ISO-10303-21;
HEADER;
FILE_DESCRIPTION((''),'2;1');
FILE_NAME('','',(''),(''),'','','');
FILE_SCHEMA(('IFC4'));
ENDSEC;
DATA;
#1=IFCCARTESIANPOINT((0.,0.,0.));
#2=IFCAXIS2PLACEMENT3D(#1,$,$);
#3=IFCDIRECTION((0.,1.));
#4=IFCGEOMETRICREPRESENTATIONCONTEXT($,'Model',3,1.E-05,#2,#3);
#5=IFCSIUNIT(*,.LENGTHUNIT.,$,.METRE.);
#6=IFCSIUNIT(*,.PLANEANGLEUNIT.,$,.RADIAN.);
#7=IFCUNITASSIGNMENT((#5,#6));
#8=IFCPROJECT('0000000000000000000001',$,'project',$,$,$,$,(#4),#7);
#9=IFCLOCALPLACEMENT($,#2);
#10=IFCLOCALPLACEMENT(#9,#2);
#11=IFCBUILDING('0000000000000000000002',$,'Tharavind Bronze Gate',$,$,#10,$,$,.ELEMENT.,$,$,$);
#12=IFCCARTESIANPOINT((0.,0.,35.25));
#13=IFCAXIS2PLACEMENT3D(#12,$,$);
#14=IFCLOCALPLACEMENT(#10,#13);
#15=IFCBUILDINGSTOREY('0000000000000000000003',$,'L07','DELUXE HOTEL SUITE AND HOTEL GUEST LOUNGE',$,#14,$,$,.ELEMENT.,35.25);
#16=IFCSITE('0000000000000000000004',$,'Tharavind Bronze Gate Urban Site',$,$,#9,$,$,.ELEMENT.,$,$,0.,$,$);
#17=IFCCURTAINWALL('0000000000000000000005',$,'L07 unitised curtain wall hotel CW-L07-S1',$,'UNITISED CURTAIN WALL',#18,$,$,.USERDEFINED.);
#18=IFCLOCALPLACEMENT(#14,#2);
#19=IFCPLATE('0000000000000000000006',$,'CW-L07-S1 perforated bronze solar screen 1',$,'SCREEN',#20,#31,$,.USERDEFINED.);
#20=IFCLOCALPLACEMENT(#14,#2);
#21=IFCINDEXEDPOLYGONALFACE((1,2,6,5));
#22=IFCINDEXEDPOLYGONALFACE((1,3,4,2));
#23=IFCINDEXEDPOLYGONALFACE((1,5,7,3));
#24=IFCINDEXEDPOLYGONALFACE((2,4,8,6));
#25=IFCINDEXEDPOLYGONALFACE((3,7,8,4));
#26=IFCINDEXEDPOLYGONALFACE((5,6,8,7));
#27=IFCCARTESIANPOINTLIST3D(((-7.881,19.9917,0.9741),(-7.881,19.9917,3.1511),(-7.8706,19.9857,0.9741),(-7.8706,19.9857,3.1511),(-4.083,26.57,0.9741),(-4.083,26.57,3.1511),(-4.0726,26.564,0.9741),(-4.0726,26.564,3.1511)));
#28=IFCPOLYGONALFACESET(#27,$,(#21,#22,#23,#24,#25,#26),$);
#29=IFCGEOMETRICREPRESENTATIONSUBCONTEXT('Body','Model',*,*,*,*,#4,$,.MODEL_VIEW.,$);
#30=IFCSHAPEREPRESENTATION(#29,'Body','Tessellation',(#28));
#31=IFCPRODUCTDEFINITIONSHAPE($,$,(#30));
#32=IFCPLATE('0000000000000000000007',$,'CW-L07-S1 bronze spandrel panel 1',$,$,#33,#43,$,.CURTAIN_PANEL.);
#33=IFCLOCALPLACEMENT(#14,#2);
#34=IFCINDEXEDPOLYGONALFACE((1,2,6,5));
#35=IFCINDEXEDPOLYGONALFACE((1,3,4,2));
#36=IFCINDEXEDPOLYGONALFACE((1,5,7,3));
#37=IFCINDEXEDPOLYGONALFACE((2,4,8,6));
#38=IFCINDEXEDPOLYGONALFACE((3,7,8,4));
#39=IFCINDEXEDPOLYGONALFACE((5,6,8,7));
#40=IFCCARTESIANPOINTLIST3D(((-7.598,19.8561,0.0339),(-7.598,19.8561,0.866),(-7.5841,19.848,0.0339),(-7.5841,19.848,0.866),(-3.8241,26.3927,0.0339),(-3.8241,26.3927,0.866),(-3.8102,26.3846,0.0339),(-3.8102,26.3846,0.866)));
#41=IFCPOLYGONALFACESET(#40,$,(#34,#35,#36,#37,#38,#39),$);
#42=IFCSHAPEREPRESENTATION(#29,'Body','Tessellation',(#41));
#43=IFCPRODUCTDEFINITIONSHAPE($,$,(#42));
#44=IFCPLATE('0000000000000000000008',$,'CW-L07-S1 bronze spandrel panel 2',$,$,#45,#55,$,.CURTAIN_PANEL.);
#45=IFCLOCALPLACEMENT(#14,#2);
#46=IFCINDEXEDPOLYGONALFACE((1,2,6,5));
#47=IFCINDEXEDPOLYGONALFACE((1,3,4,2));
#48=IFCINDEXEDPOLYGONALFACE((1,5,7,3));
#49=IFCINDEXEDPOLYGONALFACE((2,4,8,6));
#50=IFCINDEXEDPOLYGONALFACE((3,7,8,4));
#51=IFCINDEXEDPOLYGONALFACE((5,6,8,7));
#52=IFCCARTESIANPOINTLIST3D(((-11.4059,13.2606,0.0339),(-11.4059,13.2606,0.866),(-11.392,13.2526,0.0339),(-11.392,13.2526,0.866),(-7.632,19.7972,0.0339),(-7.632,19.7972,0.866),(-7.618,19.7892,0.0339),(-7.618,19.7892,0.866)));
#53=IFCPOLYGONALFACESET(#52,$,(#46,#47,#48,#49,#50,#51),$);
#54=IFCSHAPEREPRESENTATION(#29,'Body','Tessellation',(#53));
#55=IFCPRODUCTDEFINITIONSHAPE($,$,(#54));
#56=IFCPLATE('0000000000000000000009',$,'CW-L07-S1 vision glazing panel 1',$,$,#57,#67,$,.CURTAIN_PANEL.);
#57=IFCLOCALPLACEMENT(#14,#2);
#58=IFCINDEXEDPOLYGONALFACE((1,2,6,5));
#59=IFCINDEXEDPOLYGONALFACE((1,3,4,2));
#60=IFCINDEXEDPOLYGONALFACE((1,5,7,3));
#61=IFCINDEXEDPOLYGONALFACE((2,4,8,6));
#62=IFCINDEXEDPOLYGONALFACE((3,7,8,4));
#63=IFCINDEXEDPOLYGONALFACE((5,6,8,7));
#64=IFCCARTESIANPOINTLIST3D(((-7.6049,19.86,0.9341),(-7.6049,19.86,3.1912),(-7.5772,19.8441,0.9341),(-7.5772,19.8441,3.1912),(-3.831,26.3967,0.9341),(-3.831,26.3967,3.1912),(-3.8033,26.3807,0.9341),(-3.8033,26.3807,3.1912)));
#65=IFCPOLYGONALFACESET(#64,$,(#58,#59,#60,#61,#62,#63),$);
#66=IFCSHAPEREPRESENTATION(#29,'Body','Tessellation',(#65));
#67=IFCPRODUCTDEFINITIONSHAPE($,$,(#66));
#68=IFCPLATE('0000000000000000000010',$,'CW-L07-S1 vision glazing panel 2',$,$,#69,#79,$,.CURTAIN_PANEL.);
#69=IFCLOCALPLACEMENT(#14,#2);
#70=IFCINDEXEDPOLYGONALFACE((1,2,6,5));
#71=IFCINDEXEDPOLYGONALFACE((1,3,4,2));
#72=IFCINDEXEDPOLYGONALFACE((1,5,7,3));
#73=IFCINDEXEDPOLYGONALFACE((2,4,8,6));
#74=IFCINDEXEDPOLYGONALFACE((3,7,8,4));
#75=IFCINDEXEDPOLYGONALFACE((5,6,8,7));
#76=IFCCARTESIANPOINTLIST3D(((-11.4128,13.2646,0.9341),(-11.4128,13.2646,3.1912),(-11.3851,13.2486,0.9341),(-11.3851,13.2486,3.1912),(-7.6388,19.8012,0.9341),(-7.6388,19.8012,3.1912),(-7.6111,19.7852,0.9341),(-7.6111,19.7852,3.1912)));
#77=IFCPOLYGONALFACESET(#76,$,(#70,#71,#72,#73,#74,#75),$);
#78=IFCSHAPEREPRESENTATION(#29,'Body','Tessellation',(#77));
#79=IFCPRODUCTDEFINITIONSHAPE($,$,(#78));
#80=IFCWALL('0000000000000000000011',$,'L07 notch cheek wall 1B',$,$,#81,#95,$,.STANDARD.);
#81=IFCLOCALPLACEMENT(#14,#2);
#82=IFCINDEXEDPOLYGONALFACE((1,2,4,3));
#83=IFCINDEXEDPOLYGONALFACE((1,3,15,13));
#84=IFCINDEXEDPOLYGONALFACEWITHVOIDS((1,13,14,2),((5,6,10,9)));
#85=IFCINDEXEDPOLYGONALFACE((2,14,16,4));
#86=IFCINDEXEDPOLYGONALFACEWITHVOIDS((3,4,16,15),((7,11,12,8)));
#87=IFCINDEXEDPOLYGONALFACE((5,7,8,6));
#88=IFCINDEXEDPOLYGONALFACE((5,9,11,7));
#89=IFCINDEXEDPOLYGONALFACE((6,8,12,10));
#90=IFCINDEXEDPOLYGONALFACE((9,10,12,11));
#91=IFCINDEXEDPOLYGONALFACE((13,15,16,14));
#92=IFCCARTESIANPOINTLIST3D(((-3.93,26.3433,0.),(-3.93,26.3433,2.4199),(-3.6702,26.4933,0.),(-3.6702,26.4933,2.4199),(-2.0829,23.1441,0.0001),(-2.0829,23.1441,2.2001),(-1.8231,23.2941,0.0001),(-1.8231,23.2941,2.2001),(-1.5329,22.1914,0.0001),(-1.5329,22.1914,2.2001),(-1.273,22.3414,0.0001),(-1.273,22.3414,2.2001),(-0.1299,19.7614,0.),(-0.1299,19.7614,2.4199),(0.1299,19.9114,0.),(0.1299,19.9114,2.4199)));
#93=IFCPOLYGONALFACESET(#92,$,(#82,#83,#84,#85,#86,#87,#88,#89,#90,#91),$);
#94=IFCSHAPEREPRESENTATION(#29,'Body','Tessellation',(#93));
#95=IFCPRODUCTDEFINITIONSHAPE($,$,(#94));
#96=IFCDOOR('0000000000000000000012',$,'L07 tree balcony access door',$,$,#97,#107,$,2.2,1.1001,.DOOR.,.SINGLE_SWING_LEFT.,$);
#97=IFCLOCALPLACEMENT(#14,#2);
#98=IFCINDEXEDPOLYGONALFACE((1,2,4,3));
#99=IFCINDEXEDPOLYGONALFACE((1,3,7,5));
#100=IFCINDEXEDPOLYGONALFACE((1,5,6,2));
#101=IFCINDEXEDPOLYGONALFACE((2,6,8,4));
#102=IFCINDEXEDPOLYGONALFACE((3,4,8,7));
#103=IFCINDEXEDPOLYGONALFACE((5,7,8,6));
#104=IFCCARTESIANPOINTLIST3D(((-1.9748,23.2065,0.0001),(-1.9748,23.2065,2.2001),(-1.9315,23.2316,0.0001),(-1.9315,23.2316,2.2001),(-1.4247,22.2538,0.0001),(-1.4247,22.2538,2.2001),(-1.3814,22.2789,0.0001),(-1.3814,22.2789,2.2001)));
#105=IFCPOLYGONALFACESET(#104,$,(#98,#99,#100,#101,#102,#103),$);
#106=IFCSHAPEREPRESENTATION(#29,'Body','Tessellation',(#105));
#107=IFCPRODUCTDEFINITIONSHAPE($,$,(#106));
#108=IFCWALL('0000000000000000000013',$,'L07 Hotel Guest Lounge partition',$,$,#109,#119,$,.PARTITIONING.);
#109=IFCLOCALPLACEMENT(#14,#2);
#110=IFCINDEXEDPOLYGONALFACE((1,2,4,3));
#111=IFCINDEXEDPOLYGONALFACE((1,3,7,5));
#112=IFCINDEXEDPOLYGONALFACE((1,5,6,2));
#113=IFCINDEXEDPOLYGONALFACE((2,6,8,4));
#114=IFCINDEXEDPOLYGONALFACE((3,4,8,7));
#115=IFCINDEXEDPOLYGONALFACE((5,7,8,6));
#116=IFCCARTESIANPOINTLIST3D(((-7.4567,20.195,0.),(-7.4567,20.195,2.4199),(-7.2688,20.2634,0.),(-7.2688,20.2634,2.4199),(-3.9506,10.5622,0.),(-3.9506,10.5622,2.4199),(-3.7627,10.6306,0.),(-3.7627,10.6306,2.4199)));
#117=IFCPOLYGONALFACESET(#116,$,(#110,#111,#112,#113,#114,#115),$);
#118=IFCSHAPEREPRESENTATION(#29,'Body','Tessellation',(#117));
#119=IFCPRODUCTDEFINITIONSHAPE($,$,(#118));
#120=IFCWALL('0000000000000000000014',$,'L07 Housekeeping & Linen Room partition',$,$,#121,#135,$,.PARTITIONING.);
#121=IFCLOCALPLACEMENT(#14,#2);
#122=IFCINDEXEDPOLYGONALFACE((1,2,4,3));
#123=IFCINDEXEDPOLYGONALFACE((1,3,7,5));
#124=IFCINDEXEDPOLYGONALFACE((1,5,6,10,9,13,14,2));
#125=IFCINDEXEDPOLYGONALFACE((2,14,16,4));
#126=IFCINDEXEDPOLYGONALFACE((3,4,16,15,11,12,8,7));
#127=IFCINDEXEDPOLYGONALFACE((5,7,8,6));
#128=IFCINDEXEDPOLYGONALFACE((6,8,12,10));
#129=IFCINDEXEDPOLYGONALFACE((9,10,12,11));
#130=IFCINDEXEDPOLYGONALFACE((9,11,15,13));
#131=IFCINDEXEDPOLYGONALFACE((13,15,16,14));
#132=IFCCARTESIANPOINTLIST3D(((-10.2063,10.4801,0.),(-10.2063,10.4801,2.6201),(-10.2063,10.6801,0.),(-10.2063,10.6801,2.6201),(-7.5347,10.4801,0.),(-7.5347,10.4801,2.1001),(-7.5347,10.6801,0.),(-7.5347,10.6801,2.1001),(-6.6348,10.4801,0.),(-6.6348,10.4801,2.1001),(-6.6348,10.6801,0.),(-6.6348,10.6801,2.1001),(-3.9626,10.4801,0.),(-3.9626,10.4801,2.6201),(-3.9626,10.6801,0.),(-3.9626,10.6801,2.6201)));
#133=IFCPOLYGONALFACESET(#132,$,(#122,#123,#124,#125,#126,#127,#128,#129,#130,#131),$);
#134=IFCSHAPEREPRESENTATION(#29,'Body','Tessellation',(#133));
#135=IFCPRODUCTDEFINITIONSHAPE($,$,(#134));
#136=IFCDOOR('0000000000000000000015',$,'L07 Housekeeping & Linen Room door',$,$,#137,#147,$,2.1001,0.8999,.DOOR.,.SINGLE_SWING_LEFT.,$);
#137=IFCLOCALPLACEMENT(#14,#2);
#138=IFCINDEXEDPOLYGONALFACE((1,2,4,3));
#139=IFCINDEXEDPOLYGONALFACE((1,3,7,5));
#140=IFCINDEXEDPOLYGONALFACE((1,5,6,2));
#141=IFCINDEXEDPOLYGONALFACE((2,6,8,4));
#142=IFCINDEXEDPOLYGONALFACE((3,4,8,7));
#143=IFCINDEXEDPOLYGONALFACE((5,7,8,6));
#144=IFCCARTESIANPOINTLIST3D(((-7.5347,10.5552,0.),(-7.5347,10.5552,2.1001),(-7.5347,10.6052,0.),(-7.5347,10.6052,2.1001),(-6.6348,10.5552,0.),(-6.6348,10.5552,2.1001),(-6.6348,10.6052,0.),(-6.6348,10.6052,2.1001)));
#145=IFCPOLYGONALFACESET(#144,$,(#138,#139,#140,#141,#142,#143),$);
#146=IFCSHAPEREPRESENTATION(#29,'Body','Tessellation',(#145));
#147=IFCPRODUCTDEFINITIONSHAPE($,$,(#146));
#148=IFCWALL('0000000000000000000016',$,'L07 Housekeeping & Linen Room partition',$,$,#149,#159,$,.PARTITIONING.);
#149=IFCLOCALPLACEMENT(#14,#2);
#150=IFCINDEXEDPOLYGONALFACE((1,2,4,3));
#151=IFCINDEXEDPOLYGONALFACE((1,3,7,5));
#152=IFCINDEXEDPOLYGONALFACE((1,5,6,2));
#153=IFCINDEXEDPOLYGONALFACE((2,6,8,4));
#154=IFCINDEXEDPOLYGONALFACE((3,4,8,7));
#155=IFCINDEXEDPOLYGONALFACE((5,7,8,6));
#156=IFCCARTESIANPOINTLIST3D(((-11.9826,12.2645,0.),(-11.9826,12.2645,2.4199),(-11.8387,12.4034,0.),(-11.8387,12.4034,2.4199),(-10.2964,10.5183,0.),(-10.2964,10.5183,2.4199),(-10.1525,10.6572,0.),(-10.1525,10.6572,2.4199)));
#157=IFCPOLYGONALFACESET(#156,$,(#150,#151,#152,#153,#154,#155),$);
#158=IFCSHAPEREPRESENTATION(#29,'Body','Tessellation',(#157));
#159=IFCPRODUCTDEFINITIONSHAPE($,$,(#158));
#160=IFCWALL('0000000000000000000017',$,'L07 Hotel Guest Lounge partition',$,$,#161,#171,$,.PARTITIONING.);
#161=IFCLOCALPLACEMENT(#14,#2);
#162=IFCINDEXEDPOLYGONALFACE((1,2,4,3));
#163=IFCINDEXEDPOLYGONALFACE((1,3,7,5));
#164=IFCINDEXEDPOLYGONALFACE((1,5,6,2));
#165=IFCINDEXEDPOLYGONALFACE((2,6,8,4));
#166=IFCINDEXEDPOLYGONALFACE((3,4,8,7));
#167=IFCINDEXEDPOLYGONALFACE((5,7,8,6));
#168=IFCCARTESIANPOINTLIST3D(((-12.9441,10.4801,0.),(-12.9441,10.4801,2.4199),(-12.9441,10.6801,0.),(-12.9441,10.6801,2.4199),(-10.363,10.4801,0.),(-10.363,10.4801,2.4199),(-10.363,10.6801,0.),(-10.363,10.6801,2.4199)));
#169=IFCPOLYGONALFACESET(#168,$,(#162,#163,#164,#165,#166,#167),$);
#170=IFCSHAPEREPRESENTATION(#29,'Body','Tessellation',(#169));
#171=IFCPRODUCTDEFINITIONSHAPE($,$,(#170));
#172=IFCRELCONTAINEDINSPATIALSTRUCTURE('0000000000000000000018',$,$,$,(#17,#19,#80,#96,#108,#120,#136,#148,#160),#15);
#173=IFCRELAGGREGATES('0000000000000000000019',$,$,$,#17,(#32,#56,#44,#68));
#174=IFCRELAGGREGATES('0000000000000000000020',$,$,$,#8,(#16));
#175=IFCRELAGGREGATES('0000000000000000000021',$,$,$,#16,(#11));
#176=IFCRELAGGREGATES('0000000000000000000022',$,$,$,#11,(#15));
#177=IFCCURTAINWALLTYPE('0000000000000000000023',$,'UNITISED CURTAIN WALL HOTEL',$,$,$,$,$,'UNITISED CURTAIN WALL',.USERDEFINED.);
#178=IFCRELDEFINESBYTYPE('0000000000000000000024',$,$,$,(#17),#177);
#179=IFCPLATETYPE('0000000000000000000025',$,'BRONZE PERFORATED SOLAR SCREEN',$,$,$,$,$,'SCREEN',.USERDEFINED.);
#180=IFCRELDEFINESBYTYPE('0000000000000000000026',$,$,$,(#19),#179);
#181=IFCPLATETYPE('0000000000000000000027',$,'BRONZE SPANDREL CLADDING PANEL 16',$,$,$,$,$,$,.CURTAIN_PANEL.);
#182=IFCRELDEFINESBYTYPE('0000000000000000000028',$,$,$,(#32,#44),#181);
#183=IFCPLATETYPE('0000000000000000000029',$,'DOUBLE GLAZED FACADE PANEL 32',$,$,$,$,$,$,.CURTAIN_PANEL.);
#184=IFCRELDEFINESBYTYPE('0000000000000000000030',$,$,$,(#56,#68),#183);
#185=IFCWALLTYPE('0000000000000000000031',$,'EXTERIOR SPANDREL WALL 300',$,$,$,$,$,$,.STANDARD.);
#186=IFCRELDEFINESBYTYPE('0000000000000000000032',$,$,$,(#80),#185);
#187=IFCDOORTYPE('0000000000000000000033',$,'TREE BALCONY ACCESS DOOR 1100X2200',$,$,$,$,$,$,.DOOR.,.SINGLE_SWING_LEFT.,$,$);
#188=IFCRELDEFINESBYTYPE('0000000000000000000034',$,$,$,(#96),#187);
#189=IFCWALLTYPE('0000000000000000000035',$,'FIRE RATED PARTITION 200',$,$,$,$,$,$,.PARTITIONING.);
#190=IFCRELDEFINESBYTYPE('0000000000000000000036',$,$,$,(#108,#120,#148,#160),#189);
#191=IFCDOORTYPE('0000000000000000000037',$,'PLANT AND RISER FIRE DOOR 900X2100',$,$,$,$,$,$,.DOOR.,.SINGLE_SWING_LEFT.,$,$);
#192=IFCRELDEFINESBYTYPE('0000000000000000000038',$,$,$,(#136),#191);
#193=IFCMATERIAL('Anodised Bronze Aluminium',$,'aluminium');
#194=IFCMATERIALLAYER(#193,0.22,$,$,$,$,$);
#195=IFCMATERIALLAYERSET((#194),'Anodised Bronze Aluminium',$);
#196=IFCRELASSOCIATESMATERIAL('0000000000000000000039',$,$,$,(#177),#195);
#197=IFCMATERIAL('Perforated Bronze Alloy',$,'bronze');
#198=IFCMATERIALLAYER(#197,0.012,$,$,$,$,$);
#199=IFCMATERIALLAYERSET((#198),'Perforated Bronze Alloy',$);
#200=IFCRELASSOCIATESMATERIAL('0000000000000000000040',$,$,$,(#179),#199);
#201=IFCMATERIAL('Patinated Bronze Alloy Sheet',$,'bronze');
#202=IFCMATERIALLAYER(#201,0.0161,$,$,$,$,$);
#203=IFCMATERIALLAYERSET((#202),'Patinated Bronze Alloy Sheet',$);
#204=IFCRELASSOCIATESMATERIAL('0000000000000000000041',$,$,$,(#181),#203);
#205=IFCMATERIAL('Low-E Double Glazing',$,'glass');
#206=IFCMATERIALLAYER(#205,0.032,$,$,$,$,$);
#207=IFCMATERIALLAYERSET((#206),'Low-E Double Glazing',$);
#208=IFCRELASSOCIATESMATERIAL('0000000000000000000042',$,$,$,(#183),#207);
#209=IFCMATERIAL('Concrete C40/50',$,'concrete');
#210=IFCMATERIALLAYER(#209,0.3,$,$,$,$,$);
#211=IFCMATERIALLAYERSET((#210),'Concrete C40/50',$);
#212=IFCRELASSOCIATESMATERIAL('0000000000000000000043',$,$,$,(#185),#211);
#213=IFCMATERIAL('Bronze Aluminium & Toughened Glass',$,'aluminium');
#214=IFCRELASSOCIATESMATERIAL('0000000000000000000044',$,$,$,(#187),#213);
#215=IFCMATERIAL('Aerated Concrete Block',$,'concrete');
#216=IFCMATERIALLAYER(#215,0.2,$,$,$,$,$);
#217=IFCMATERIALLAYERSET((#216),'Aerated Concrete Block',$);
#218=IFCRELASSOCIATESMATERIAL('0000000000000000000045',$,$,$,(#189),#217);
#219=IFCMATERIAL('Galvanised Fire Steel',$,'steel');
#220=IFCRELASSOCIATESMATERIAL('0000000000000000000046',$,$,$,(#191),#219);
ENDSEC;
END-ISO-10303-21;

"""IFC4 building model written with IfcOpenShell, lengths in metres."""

from ifc_helpers import new_model, si_unit, direction, frame, frame_2d, origin, origin_2d, place, context, subcontext, project, spatial, rectangle, extrude, material, layer, layer_set, type_object, element, fill, aggregate, save


model = new_model("IFC4")

# Units and contexts
model_context = context("Model", 3, precision=1e-05, world=origin(), true_north=direction((0.0, 1.0)))
body_context = subcontext(model_context, "Body", "Model", "MODEL_VIEW")
ifc_project = project(units=[si_unit("LENGTHUNIT", "METRE"), si_unit("PLANEANGLEUNIT", "RADIAN")], contexts=[model_context])

# Site, building, storey
site_placement = place(None, origin())
site = spatial("IfcSite", under=ifc_project, at=site_placement, Name="Tharavind Bronze Gate Urban Site", CompositionType="ELEMENT", RefElevation=0.0)
building_placement = place(site_placement, origin())
building = spatial("IfcBuilding", under=site, at=building_placement, Name="Tharavind Bronze Gate", CompositionType="ELEMENT")
storey_placement = place(building_placement, frame((0.0, 0.0, 35.25)))
storey = spatial("IfcBuildingStorey", under=building, at=storey_placement, Name="L07", Description="DELUXE HOTEL SUITE AND HOTEL GUEST LOUNGE", CompositionType="ELEMENT", Elevation=35.25)

# Curtain wall
ifc_material_1 = material(Name="Anodised Bronze Aluminium", Category="aluminium")
ifc_layer_1 = layer(ifc_material_1, 0.22)
ifc_layer_set_1 = layer_set([ifc_layer_1], Name="Anodised Bronze Aluminium")
curtain_wall_type = type_object("IfcCurtainWallType", Name="UNITISED CURTAIN WALL HOTEL", ElementType="UNITISED CURTAIN WALL", PredefinedType="USERDEFINED", material=ifc_layer_set_1)
curtain_wall_placement = place(storey_placement, origin())
curtain_wall = element("IfcCurtainWall", 1, at=curtain_wall_placement, inside=storey, type_object=curtain_wall_type, Name="L07 unitised curtain wall hotel CW-L07-S1", ObjectType="UNITISED CURTAIN WALL", PredefinedType="USERDEFINED")

# Plates
ifc_material_2 = material(Name="Perforated Bronze Alloy", Category="bronze")
ifc_layer_2 = layer(ifc_material_2, 0.012)
ifc_layer_set_2 = layer_set([ifc_layer_2], Name="Perforated Bronze Alloy")
plate_type_1 = type_object("IfcPlateType", Name="BRONZE PERFORATED SOLAR SCREEN", ElementType="SCREEN", PredefinedType="USERDEFINED", material=ifc_layer_set_2)
plate_1_placement = place(storey_placement, frame((-5.9768, 23.2778, 0.9741), z_axis=(0.0, 0.0, 1.0), x_axis=(-0.500002, -0.866025, 0.0)))
element("IfcPlate", 2, at=plate_1_placement, inside=storey, type_object=plate_type_1, Name="CW-L07-S1 perforated bronze solar screen 1", ObjectType="SCREEN", PredefinedType="USERDEFINED", context=body_context, shape_type="SweptSolid", body=[
    extrude(rectangle(XDim=7.5959, YDim=0.012, at=origin_2d()), origin(), (0.0, 0.0, 1.0), 2.177),
])
ifc_material_3 = material(Name="Patinated Bronze Alloy Sheet", Category="bronze")
ifc_layer_3 = layer(ifc_material_3, 0.0161)
ifc_layer_set_3 = layer_set([ifc_layer_3], Name="Patinated Bronze Alloy Sheet")
plate_type_2 = type_object("IfcPlateType", Name="BRONZE SPANDREL CLADDING PANEL 16", PredefinedType="CURTAIN_PANEL", material=ifc_layer_set_3)
plate_2_placement = place(storey_placement, frame((-5.7041, 23.1204, 0.0339), z_axis=(0.0, 0.0, 1.0), x_axis=(-0.500002, -0.866025, 0.0)))
plate_2 = element("IfcPlate", 3, at=plate_2_placement, type_object=plate_type_2, Name="CW-L07-S1 bronze spandrel panel 1", PredefinedType="CURTAIN_PANEL", context=body_context, shape_type="SweptSolid", body=[
    extrude(rectangle(XDim=7.5479, YDim=0.0161, at=origin_2d()), origin(), (0.0, 0.0, 1.0), 0.832),
])
plate_3_placement = place(storey_placement, frame((-9.512, 16.5249, 0.0339), z_axis=(0.0, 0.0, 1.0), x_axis=(-0.500002, -0.866025, 0.0)))
plate_3 = element("IfcPlate", 4, at=plate_3_placement, type_object=plate_type_2, Name="CW-L07-S1 bronze spandrel panel 2", PredefinedType="CURTAIN_PANEL", context=body_context, shape_type="SweptSolid", body=[
    extrude(rectangle(XDim=7.5479, YDim=0.0161, at=origin_2d()), origin(), (0.0, 0.0, 1.0), 0.832),
])
ifc_material_4 = material(Name="Low-E Double Glazing", Category="glass")
ifc_layer_4 = layer(ifc_material_4, 0.032)
ifc_layer_set_4 = layer_set([ifc_layer_4], Name="Low-E Double Glazing")
plate_type_3 = type_object("IfcPlateType", Name="DOUBLE GLAZED FACADE PANEL 32", PredefinedType="CURTAIN_PANEL", material=ifc_layer_set_4)
plate_4_placement = place(storey_placement, frame((-5.7041, 23.1204, 0.9341), z_axis=(0.0, 0.0, 1.0), x_axis=(-0.500002, -0.866025, 0.0)))
plate_4 = element("IfcPlate", 5, at=plate_4_placement, type_object=plate_type_3, Name="CW-L07-S1 vision glazing panel 1", PredefinedType="CURTAIN_PANEL", context=body_context, shape_type="SweptSolid", body=[
    extrude(rectangle(XDim=7.5479, YDim=0.032, at=origin_2d()), origin(), (0.0, 0.0, 1.0), 2.2571),
])
plate_5_placement = place(storey_placement, frame((-9.512, 16.5249, 0.9341), z_axis=(0.0, 0.0, 1.0), x_axis=(-0.500002, -0.866025, 0.0)))
plate_5 = element("IfcPlate", 6, at=plate_5_placement, type_object=plate_type_3, Name="CW-L07-S1 vision glazing panel 2", PredefinedType="CURTAIN_PANEL", context=body_context, shape_type="SweptSolid", body=[
    extrude(rectangle(XDim=7.5479, YDim=0.032, at=origin_2d()), origin(), (0.0, 0.0, 1.0), 2.2571),
])
aggregate(curtain_wall, [plate_2, plate_4, plate_3, plate_5])

# Wall, opening, door
ifc_material_5 = material(Name="Concrete C40/50", Category="concrete")
ifc_layer_5 = layer(ifc_material_5, 0.3)
ifc_layer_set_5 = layer_set([ifc_layer_5], Name="Concrete C40/50")
wall_type_1 = type_object("IfcWallType", Name="EXTERIOR SPANDREL WALL 300", PredefinedType="STANDARD", material=ifc_layer_set_5)
wall_1_placement = place(storey_placement, frame((0.0, 19.8364, 0.0), z_axis=(0.0, 0.0, 1.0), x_axis=(-0.500005, 0.866022, 0.0)))
wall_1 = element("IfcWall", 7, at=wall_1_placement, inside=storey, type_object=wall_type_1, Name="L07 notch cheek wall 1B", PredefinedType="STANDARD", context=body_context, shape_type="SweptSolid", body=[
    extrude(rectangle(XDim=7.6001, YDim=0.3, at=frame_2d((3.8, 0.0))), origin(), (0.0, 0.0, 1.0), 2.4199),
])
opening_1_placement = place(wall_1_placement, frame((2.8059, 0.0, 0.0)))
opening_1 = element("IfcOpeningElement", 8, at=opening_1_placement, cuts=wall_1, PredefinedType="OPENING", context=body_context, shape_type="SweptSolid", body=[
    extrude(rectangle(XDim=1.1001, YDim=2.2, at=frame_2d((0.55, 1.1001))), frame((0.0, 0.1599, 0.0), z_axis=(0.0, -1.0, 0.0), x_axis=(1.0, 0.0, 0.0)), (0.0, 0.0, 1.0), 0.32),
])
ifc_material_6 = material(Name="Bronze Aluminium & Toughened Glass", Category="aluminium")
door_type_1 = type_object("IfcDoorType", Name="TREE BALCONY ACCESS DOOR 1100X2200", OperationType="SINGLE_SWING_LEFT", PredefinedType="DOOR", material=ifc_material_6)
door_1_placement = place(opening_1_placement, frame((1.1001, 0.0, 0.0), z_axis=(0.0, 0.0, 1.0), x_axis=(-1.0, 0.0, 0.0)))
door_1 = element("IfcDoor", 9, at=door_1_placement, inside=storey, type_object=door_type_1, Name="L07 tree balcony access door", OperationType="SINGLE_SWING_LEFT", OverallHeight=2.2, OverallWidth=1.1001, PredefinedType="DOOR", context=body_context, shape_type="SweptSolid", body=[
    extrude(rectangle(XDim=1.1001, YDim=2.2, at=frame_2d((0.55, 1.1001))), frame((0.0, 0.0249, 0.0), z_axis=(0.0, -1.0, 0.0), x_axis=(1.0, 0.0, 0.0)), (0.0, 0.0, 1.0), 0.05),
])
fill(opening_1, door_1)

# Wall
ifc_material_7 = material(Name="Aerated Concrete Block", Category="concrete")
ifc_layer_6 = layer(ifc_material_7, 0.2)
ifc_layer_set_6 = layer_set([ifc_layer_6], Name="Aerated Concrete Block")
wall_type_2 = type_object("IfcWallType", Name="FIRE RATED PARTITION 200", PredefinedType="PARTITIONING", material=ifc_layer_set_6)
wall_2_placement = place(storey_placement, frame((-3.8567, 10.5964, 0.0), z_axis=(0.0, 0.0, 1.0), x_axis=(-0.342024, 0.939691, 0.0)))
element("IfcWall", 10, at=wall_2_placement, inside=storey, type_object=wall_type_2, Name="L07 Hotel Guest Lounge partition", PredefinedType="PARTITIONING", context=body_context, shape_type="SweptSolid", body=[
    extrude(rectangle(XDim=10.251, YDim=0.2, at=frame_2d((5.1255, 0.0))), origin(), (0.0, 0.0, 1.0), 2.4199),
])

# Wall, opening, door
wall_3_placement = place(storey_placement, frame((-3.9626, 10.5801, 0.0), z_axis=(0.0, 0.0, 1.0), x_axis=(-1.0, 0.0, 0.0)))
wall_3 = element("IfcWall", 11, at=wall_3_placement, inside=storey, type_object=wall_type_2, Name="L07 Housekeeping & Linen Room partition", PredefinedType="PARTITIONING", context=body_context, shape_type="SweptSolid", body=[
    extrude(rectangle(XDim=6.2437, YDim=0.2, at=frame_2d((3.1218, 0.0))), origin(), (0.0, 0.0, 1.0), 2.6201),
])
opening_2_placement = place(wall_3_placement, frame((2.6721, 0.0, 0.0)))
opening_2 = element("IfcOpeningElement", 12, at=opening_2_placement, cuts=wall_3, PredefinedType="OPENING", context=body_context, shape_type="SweptSolid", body=[
    extrude(rectangle(XDim=0.8999, YDim=2.1001, at=frame_2d((0.45, 1.05))), frame((0.0, 0.1101, 0.0), z_axis=(0.0, -1.0, 0.0), x_axis=(1.0, 0.0, 0.0)), (0.0, 0.0, 1.0), 0.22),
])
ifc_material_8 = material(Name="Galvanised Fire Steel", Category="steel")
door_type_2 = type_object("IfcDoorType", Name="PLANT AND RISER FIRE DOOR 900X2100", OperationType="SINGLE_SWING_LEFT", PredefinedType="DOOR", material=ifc_material_8)
door_2_placement = place(opening_2_placement, origin())
door_2 = element("IfcDoor", 13, at=door_2_placement, inside=storey, type_object=door_type_2, Name="L07 Housekeeping & Linen Room door", OperationType="SINGLE_SWING_LEFT", OverallHeight=2.1001, OverallWidth=0.8999, PredefinedType="DOOR", context=body_context, shape_type="SweptSolid", body=[
    extrude(rectangle(XDim=0.8999, YDim=2.1001, at=frame_2d((0.45, 1.05))), frame((0.0, 0.0249, 0.0), z_axis=(0.0, -1.0, 0.0), x_axis=(1.0, 0.0, 0.0)), (0.0, 0.0, 1.0), 0.05),
])
fill(opening_2, door_2)

# Walls
wall_4_placement = place(storey_placement, frame((-10.2244, 10.5876, 0.0), z_axis=(0.0, 0.0, 1.0), x_axis=(-0.694629, 0.719369, 0.0)))
element("IfcWall", 14, at=wall_4_placement, inside=storey, type_object=wall_type_2, Name="L07 Housekeeping & Linen Room partition", PredefinedType="PARTITIONING", context=body_context, shape_type="SweptSolid", body=[
    extrude(rectangle(XDim=2.4275, YDim=0.2, at=frame_2d((1.2139, 0.0))), origin(), (0.0, 0.0, 1.0), 2.4199),
])
wall_5_placement = place(storey_placement, frame((-10.363, 10.5801, 0.0), z_axis=(0.0, 0.0, 1.0), x_axis=(-1.0, 0.0, 0.0)))
element("IfcWall", 15, at=wall_5_placement, inside=storey, type_object=wall_type_2, Name="L07 Hotel Guest Lounge partition", PredefinedType="PARTITIONING", context=body_context, shape_type="SweptSolid", body=[
    extrude(rectangle(XDim=2.5811, YDim=0.2, at=frame_2d((1.2905, 0.0))), origin(), (0.0, 0.0, 1.0), 2.4199),
])

save(model, "model.ifc")
